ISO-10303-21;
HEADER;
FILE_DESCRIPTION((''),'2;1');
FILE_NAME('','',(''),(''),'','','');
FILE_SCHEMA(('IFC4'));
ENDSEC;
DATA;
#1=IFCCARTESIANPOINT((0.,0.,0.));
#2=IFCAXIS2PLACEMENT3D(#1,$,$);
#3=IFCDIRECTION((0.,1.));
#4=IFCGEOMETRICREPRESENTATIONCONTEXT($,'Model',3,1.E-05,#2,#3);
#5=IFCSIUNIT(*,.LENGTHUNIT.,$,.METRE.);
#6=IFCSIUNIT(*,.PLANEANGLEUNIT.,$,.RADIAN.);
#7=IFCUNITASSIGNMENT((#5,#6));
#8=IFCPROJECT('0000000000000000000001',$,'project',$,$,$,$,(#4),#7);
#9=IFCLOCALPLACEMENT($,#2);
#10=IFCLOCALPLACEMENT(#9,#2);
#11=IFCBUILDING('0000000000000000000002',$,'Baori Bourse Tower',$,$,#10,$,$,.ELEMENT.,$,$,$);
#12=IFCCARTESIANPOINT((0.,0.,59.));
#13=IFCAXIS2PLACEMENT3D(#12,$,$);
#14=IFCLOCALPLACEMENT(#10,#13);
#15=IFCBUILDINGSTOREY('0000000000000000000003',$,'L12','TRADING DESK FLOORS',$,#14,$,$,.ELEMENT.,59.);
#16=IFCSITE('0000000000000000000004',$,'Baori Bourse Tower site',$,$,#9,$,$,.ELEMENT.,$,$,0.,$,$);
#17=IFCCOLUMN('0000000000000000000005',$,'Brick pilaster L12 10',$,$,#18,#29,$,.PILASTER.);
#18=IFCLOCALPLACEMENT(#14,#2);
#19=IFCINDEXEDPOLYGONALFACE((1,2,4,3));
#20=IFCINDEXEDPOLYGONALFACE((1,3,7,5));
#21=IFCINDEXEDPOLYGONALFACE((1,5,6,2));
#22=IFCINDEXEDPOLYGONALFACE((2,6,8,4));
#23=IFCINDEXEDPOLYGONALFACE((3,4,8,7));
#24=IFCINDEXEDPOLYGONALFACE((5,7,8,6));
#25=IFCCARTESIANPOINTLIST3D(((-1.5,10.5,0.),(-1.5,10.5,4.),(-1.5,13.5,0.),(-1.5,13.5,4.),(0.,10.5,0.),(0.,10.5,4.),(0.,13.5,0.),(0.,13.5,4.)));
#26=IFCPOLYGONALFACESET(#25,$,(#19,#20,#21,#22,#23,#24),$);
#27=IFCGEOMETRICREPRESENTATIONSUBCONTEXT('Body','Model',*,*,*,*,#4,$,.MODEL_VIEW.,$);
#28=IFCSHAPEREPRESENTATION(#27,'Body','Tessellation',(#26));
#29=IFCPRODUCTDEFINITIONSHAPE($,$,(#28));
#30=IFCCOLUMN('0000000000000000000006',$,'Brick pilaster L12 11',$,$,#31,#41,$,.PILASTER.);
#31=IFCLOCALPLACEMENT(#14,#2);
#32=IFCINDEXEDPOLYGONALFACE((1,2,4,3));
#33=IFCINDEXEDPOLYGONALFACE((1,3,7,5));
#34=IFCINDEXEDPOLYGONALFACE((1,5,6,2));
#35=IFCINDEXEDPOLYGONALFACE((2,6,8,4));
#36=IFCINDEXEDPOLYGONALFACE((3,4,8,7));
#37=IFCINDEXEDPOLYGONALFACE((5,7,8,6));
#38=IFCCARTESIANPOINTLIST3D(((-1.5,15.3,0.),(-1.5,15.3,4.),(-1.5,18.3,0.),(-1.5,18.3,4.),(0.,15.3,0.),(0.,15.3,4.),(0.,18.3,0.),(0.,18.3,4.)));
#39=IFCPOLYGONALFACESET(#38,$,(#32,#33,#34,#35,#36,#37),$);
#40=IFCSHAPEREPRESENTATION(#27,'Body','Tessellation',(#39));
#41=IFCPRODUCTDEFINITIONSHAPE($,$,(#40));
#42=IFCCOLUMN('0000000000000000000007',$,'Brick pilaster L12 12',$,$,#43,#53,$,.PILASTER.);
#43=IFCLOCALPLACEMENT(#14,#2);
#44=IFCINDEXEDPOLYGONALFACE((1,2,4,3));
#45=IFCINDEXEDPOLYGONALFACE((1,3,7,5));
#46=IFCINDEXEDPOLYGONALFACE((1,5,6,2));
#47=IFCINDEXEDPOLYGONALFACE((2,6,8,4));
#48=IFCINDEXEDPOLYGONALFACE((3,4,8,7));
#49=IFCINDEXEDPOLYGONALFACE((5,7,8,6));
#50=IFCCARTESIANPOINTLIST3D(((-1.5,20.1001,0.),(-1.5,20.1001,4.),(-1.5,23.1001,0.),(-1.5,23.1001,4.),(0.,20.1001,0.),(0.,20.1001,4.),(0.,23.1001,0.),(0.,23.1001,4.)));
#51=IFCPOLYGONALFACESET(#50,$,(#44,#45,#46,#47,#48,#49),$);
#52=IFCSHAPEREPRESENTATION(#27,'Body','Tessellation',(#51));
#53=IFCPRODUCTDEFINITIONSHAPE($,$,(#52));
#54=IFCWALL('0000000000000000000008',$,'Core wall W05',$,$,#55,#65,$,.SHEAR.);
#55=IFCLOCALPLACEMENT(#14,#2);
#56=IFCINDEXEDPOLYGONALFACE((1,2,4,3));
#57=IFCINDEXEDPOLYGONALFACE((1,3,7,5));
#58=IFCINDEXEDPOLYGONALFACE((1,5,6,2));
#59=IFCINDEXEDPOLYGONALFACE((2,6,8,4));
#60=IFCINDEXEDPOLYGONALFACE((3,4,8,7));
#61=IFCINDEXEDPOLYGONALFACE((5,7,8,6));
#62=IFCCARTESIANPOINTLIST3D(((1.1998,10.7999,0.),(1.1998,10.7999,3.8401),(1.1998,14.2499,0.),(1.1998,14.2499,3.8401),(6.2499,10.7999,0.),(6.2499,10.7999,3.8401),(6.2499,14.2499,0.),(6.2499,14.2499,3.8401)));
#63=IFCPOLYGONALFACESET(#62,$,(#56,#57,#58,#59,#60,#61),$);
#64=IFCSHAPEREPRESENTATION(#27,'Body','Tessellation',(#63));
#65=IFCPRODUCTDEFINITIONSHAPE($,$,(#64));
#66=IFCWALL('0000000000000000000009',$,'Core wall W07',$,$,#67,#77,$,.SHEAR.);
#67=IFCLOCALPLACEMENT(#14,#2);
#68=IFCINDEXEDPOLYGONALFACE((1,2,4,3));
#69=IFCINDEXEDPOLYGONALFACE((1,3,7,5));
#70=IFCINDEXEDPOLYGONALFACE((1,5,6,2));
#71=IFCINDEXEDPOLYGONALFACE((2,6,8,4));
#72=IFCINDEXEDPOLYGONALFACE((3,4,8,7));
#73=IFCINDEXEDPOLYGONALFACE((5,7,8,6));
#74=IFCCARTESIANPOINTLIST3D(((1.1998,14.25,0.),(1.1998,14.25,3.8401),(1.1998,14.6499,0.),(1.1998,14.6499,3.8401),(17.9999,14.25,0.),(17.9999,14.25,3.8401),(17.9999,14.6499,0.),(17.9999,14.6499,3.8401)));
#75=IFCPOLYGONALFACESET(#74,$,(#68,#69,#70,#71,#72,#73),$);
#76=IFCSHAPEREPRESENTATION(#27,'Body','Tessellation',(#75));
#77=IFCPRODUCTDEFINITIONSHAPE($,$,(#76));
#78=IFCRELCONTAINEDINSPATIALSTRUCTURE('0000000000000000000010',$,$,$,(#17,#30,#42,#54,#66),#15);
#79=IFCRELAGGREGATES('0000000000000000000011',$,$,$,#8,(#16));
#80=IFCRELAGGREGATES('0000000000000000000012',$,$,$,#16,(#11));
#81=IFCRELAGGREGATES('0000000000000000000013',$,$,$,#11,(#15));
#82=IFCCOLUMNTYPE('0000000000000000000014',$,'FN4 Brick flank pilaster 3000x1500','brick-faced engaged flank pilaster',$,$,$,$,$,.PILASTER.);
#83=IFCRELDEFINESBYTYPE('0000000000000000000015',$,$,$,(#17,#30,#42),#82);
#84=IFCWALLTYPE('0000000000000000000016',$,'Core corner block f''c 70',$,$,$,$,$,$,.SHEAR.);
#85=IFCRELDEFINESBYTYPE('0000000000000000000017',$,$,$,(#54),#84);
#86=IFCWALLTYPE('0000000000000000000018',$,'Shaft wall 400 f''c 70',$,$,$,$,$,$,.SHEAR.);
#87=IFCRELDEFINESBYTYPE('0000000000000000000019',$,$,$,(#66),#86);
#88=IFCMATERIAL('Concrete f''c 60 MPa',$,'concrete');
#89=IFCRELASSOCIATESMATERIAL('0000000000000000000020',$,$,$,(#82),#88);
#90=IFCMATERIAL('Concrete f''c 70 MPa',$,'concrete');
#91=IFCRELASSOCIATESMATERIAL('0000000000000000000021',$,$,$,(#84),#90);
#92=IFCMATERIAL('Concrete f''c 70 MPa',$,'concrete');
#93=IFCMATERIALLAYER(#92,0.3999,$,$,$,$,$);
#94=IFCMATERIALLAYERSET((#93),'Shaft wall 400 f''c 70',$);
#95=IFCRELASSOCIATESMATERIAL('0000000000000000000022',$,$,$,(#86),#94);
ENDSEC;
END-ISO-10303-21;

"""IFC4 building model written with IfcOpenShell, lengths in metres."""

from ifc_helpers import new_model, si_unit, direction, frame, frame_2d, origin, origin_2d, place, context, subcontext, project, spatial, rectangle, extrude, material, layer, layer_set, material_profile, profile_set, type_object, element, save


model = new_model("IFC4")

# Units and contexts
model_context = context("Model", 3, precision=1e-05, world=origin(), true_north=direction((0.0, 1.0)))
body_context = subcontext(model_context, "Body", "Model", "MODEL_VIEW")
ifc_project = project(units=[si_unit("LENGTHUNIT", "METRE"), si_unit("PLANEANGLEUNIT", "RADIAN")], contexts=[model_context])

# Site, building, storey
site_placement = place(None, origin())
site = spatial("IfcSite", under=ifc_project, at=site_placement, Name="Baori Bourse Tower site", CompositionType="ELEMENT", RefElevation=0.0)
building_placement = place(site_placement, origin())
building = spatial("IfcBuilding", under=site, at=building_placement, Name="Baori Bourse Tower", CompositionType="ELEMENT")
storey_placement = place(building_placement, frame((0.0, 0.0, 59.0)))
storey = spatial("IfcBuildingStorey", under=building, at=storey_placement, Name="L12", Description="TRADING DESK FLOORS", CompositionType="ELEMENT", Elevation=59.0)

# Columns
ifc_material_1 = material(Name="Concrete f'c 60 MPa", Category="concrete")
ifc_material_profile = material_profile(ifc_material_1, rectangle(XDim=3.0, YDim=1.5, at=origin_2d()), Name="RC 3000x1500")
ifc_profile_set = profile_set([ifc_material_profile], Name="Concrete f'c 60 MPa")
column_type = type_object("IfcColumnType", Name="FN4 Brick flank pilaster 3000x1500", Description="brick-faced engaged flank pilaster", PredefinedType="PILASTER", material=ifc_profile_set)
for number, where, z_axis, x_axis, name in (
    (1, (-0.75, 12.0, 0.0), (0.0, 0.0, 1.0), (0.0, 1.0, 0.0), "Brick pilaster L12 10"),
    (2, (-0.75, 16.8, 0.0), (0.0, 0.0, 1.0), (0.0, 1.0, 0.0), "Brick pilaster L12 11"),
    (3, (-0.75, 21.6001, 0.0), (0.0, 0.0, 1.0), (0.0, 1.0, 0.0), "Brick pilaster L12 12"),
):
    element("IfcColumn", number, at=place(storey_placement, frame(where, z_axis=z_axis, x_axis=x_axis)), inside=storey, type_object=column_type, Name=name, PredefinedType="PILASTER", context=body_context, shape_type="SweptSolid", body=[
        extrude(rectangle(XDim=3.0, YDim=1.5, at=origin_2d()), origin(), (0.0, 0.0, 1.0), 4.0),
    ])

# Walls
ifc_material_2 = material(Name="Concrete f'c 70 MPa", Category="concrete")
wall_type_1 = type_object("IfcWallType", Name="Core corner block f'c 70", PredefinedType="SHEAR", material=ifc_material_2)
wall_1_placement = place(storey_placement, frame((1.2, 12.5249, 0.0), z_axis=(0.0, 0.0, 1.0), x_axis=(1.0, 0.0, 0.0)))
element("IfcWall", 4, at=wall_1_placement, inside=storey, type_object=wall_type_1, Name="Core wall W05", PredefinedType="SHEAR", context=body_context, shape_type="SweptSolid", body=[
    extrude(rectangle(XDim=5.05, YDim=3.45, at=frame_2d((2.5249, 0.0))), origin(), (0.0, 0.0, 1.0), 3.8401),
])
ifc_material_3 = material(Name="Concrete f'c 70 MPa", Category="concrete")
ifc_layer_1 = layer(ifc_material_3, 0.3999)
ifc_layer_set_1 = layer_set([ifc_layer_1], Name="Shaft wall 400 f'c 70")
wall_type_2 = type_object("IfcWallType", Name="Shaft wall 400 f'c 70", PredefinedType="SHEAR", material=ifc_layer_set_1)
wall_2_placement = place(storey_placement, frame((1.2, 14.45, 0.0), z_axis=(0.0, 0.0, 1.0), x_axis=(1.0, 0.0, 0.0)))
element("IfcWall", 5, at=wall_2_placement, inside=storey, type_object=wall_type_2, Name="Core wall W07", PredefinedType="SHEAR", context=body_context, shape_type="SweptSolid", body=[
    extrude(rectangle(XDim=16.8, YDim=0.3999, at=frame_2d((8.3999, 0.0))), origin(), (0.0, 0.0, 1.0), 3.8401),
])

save(model, "model.ifc")
